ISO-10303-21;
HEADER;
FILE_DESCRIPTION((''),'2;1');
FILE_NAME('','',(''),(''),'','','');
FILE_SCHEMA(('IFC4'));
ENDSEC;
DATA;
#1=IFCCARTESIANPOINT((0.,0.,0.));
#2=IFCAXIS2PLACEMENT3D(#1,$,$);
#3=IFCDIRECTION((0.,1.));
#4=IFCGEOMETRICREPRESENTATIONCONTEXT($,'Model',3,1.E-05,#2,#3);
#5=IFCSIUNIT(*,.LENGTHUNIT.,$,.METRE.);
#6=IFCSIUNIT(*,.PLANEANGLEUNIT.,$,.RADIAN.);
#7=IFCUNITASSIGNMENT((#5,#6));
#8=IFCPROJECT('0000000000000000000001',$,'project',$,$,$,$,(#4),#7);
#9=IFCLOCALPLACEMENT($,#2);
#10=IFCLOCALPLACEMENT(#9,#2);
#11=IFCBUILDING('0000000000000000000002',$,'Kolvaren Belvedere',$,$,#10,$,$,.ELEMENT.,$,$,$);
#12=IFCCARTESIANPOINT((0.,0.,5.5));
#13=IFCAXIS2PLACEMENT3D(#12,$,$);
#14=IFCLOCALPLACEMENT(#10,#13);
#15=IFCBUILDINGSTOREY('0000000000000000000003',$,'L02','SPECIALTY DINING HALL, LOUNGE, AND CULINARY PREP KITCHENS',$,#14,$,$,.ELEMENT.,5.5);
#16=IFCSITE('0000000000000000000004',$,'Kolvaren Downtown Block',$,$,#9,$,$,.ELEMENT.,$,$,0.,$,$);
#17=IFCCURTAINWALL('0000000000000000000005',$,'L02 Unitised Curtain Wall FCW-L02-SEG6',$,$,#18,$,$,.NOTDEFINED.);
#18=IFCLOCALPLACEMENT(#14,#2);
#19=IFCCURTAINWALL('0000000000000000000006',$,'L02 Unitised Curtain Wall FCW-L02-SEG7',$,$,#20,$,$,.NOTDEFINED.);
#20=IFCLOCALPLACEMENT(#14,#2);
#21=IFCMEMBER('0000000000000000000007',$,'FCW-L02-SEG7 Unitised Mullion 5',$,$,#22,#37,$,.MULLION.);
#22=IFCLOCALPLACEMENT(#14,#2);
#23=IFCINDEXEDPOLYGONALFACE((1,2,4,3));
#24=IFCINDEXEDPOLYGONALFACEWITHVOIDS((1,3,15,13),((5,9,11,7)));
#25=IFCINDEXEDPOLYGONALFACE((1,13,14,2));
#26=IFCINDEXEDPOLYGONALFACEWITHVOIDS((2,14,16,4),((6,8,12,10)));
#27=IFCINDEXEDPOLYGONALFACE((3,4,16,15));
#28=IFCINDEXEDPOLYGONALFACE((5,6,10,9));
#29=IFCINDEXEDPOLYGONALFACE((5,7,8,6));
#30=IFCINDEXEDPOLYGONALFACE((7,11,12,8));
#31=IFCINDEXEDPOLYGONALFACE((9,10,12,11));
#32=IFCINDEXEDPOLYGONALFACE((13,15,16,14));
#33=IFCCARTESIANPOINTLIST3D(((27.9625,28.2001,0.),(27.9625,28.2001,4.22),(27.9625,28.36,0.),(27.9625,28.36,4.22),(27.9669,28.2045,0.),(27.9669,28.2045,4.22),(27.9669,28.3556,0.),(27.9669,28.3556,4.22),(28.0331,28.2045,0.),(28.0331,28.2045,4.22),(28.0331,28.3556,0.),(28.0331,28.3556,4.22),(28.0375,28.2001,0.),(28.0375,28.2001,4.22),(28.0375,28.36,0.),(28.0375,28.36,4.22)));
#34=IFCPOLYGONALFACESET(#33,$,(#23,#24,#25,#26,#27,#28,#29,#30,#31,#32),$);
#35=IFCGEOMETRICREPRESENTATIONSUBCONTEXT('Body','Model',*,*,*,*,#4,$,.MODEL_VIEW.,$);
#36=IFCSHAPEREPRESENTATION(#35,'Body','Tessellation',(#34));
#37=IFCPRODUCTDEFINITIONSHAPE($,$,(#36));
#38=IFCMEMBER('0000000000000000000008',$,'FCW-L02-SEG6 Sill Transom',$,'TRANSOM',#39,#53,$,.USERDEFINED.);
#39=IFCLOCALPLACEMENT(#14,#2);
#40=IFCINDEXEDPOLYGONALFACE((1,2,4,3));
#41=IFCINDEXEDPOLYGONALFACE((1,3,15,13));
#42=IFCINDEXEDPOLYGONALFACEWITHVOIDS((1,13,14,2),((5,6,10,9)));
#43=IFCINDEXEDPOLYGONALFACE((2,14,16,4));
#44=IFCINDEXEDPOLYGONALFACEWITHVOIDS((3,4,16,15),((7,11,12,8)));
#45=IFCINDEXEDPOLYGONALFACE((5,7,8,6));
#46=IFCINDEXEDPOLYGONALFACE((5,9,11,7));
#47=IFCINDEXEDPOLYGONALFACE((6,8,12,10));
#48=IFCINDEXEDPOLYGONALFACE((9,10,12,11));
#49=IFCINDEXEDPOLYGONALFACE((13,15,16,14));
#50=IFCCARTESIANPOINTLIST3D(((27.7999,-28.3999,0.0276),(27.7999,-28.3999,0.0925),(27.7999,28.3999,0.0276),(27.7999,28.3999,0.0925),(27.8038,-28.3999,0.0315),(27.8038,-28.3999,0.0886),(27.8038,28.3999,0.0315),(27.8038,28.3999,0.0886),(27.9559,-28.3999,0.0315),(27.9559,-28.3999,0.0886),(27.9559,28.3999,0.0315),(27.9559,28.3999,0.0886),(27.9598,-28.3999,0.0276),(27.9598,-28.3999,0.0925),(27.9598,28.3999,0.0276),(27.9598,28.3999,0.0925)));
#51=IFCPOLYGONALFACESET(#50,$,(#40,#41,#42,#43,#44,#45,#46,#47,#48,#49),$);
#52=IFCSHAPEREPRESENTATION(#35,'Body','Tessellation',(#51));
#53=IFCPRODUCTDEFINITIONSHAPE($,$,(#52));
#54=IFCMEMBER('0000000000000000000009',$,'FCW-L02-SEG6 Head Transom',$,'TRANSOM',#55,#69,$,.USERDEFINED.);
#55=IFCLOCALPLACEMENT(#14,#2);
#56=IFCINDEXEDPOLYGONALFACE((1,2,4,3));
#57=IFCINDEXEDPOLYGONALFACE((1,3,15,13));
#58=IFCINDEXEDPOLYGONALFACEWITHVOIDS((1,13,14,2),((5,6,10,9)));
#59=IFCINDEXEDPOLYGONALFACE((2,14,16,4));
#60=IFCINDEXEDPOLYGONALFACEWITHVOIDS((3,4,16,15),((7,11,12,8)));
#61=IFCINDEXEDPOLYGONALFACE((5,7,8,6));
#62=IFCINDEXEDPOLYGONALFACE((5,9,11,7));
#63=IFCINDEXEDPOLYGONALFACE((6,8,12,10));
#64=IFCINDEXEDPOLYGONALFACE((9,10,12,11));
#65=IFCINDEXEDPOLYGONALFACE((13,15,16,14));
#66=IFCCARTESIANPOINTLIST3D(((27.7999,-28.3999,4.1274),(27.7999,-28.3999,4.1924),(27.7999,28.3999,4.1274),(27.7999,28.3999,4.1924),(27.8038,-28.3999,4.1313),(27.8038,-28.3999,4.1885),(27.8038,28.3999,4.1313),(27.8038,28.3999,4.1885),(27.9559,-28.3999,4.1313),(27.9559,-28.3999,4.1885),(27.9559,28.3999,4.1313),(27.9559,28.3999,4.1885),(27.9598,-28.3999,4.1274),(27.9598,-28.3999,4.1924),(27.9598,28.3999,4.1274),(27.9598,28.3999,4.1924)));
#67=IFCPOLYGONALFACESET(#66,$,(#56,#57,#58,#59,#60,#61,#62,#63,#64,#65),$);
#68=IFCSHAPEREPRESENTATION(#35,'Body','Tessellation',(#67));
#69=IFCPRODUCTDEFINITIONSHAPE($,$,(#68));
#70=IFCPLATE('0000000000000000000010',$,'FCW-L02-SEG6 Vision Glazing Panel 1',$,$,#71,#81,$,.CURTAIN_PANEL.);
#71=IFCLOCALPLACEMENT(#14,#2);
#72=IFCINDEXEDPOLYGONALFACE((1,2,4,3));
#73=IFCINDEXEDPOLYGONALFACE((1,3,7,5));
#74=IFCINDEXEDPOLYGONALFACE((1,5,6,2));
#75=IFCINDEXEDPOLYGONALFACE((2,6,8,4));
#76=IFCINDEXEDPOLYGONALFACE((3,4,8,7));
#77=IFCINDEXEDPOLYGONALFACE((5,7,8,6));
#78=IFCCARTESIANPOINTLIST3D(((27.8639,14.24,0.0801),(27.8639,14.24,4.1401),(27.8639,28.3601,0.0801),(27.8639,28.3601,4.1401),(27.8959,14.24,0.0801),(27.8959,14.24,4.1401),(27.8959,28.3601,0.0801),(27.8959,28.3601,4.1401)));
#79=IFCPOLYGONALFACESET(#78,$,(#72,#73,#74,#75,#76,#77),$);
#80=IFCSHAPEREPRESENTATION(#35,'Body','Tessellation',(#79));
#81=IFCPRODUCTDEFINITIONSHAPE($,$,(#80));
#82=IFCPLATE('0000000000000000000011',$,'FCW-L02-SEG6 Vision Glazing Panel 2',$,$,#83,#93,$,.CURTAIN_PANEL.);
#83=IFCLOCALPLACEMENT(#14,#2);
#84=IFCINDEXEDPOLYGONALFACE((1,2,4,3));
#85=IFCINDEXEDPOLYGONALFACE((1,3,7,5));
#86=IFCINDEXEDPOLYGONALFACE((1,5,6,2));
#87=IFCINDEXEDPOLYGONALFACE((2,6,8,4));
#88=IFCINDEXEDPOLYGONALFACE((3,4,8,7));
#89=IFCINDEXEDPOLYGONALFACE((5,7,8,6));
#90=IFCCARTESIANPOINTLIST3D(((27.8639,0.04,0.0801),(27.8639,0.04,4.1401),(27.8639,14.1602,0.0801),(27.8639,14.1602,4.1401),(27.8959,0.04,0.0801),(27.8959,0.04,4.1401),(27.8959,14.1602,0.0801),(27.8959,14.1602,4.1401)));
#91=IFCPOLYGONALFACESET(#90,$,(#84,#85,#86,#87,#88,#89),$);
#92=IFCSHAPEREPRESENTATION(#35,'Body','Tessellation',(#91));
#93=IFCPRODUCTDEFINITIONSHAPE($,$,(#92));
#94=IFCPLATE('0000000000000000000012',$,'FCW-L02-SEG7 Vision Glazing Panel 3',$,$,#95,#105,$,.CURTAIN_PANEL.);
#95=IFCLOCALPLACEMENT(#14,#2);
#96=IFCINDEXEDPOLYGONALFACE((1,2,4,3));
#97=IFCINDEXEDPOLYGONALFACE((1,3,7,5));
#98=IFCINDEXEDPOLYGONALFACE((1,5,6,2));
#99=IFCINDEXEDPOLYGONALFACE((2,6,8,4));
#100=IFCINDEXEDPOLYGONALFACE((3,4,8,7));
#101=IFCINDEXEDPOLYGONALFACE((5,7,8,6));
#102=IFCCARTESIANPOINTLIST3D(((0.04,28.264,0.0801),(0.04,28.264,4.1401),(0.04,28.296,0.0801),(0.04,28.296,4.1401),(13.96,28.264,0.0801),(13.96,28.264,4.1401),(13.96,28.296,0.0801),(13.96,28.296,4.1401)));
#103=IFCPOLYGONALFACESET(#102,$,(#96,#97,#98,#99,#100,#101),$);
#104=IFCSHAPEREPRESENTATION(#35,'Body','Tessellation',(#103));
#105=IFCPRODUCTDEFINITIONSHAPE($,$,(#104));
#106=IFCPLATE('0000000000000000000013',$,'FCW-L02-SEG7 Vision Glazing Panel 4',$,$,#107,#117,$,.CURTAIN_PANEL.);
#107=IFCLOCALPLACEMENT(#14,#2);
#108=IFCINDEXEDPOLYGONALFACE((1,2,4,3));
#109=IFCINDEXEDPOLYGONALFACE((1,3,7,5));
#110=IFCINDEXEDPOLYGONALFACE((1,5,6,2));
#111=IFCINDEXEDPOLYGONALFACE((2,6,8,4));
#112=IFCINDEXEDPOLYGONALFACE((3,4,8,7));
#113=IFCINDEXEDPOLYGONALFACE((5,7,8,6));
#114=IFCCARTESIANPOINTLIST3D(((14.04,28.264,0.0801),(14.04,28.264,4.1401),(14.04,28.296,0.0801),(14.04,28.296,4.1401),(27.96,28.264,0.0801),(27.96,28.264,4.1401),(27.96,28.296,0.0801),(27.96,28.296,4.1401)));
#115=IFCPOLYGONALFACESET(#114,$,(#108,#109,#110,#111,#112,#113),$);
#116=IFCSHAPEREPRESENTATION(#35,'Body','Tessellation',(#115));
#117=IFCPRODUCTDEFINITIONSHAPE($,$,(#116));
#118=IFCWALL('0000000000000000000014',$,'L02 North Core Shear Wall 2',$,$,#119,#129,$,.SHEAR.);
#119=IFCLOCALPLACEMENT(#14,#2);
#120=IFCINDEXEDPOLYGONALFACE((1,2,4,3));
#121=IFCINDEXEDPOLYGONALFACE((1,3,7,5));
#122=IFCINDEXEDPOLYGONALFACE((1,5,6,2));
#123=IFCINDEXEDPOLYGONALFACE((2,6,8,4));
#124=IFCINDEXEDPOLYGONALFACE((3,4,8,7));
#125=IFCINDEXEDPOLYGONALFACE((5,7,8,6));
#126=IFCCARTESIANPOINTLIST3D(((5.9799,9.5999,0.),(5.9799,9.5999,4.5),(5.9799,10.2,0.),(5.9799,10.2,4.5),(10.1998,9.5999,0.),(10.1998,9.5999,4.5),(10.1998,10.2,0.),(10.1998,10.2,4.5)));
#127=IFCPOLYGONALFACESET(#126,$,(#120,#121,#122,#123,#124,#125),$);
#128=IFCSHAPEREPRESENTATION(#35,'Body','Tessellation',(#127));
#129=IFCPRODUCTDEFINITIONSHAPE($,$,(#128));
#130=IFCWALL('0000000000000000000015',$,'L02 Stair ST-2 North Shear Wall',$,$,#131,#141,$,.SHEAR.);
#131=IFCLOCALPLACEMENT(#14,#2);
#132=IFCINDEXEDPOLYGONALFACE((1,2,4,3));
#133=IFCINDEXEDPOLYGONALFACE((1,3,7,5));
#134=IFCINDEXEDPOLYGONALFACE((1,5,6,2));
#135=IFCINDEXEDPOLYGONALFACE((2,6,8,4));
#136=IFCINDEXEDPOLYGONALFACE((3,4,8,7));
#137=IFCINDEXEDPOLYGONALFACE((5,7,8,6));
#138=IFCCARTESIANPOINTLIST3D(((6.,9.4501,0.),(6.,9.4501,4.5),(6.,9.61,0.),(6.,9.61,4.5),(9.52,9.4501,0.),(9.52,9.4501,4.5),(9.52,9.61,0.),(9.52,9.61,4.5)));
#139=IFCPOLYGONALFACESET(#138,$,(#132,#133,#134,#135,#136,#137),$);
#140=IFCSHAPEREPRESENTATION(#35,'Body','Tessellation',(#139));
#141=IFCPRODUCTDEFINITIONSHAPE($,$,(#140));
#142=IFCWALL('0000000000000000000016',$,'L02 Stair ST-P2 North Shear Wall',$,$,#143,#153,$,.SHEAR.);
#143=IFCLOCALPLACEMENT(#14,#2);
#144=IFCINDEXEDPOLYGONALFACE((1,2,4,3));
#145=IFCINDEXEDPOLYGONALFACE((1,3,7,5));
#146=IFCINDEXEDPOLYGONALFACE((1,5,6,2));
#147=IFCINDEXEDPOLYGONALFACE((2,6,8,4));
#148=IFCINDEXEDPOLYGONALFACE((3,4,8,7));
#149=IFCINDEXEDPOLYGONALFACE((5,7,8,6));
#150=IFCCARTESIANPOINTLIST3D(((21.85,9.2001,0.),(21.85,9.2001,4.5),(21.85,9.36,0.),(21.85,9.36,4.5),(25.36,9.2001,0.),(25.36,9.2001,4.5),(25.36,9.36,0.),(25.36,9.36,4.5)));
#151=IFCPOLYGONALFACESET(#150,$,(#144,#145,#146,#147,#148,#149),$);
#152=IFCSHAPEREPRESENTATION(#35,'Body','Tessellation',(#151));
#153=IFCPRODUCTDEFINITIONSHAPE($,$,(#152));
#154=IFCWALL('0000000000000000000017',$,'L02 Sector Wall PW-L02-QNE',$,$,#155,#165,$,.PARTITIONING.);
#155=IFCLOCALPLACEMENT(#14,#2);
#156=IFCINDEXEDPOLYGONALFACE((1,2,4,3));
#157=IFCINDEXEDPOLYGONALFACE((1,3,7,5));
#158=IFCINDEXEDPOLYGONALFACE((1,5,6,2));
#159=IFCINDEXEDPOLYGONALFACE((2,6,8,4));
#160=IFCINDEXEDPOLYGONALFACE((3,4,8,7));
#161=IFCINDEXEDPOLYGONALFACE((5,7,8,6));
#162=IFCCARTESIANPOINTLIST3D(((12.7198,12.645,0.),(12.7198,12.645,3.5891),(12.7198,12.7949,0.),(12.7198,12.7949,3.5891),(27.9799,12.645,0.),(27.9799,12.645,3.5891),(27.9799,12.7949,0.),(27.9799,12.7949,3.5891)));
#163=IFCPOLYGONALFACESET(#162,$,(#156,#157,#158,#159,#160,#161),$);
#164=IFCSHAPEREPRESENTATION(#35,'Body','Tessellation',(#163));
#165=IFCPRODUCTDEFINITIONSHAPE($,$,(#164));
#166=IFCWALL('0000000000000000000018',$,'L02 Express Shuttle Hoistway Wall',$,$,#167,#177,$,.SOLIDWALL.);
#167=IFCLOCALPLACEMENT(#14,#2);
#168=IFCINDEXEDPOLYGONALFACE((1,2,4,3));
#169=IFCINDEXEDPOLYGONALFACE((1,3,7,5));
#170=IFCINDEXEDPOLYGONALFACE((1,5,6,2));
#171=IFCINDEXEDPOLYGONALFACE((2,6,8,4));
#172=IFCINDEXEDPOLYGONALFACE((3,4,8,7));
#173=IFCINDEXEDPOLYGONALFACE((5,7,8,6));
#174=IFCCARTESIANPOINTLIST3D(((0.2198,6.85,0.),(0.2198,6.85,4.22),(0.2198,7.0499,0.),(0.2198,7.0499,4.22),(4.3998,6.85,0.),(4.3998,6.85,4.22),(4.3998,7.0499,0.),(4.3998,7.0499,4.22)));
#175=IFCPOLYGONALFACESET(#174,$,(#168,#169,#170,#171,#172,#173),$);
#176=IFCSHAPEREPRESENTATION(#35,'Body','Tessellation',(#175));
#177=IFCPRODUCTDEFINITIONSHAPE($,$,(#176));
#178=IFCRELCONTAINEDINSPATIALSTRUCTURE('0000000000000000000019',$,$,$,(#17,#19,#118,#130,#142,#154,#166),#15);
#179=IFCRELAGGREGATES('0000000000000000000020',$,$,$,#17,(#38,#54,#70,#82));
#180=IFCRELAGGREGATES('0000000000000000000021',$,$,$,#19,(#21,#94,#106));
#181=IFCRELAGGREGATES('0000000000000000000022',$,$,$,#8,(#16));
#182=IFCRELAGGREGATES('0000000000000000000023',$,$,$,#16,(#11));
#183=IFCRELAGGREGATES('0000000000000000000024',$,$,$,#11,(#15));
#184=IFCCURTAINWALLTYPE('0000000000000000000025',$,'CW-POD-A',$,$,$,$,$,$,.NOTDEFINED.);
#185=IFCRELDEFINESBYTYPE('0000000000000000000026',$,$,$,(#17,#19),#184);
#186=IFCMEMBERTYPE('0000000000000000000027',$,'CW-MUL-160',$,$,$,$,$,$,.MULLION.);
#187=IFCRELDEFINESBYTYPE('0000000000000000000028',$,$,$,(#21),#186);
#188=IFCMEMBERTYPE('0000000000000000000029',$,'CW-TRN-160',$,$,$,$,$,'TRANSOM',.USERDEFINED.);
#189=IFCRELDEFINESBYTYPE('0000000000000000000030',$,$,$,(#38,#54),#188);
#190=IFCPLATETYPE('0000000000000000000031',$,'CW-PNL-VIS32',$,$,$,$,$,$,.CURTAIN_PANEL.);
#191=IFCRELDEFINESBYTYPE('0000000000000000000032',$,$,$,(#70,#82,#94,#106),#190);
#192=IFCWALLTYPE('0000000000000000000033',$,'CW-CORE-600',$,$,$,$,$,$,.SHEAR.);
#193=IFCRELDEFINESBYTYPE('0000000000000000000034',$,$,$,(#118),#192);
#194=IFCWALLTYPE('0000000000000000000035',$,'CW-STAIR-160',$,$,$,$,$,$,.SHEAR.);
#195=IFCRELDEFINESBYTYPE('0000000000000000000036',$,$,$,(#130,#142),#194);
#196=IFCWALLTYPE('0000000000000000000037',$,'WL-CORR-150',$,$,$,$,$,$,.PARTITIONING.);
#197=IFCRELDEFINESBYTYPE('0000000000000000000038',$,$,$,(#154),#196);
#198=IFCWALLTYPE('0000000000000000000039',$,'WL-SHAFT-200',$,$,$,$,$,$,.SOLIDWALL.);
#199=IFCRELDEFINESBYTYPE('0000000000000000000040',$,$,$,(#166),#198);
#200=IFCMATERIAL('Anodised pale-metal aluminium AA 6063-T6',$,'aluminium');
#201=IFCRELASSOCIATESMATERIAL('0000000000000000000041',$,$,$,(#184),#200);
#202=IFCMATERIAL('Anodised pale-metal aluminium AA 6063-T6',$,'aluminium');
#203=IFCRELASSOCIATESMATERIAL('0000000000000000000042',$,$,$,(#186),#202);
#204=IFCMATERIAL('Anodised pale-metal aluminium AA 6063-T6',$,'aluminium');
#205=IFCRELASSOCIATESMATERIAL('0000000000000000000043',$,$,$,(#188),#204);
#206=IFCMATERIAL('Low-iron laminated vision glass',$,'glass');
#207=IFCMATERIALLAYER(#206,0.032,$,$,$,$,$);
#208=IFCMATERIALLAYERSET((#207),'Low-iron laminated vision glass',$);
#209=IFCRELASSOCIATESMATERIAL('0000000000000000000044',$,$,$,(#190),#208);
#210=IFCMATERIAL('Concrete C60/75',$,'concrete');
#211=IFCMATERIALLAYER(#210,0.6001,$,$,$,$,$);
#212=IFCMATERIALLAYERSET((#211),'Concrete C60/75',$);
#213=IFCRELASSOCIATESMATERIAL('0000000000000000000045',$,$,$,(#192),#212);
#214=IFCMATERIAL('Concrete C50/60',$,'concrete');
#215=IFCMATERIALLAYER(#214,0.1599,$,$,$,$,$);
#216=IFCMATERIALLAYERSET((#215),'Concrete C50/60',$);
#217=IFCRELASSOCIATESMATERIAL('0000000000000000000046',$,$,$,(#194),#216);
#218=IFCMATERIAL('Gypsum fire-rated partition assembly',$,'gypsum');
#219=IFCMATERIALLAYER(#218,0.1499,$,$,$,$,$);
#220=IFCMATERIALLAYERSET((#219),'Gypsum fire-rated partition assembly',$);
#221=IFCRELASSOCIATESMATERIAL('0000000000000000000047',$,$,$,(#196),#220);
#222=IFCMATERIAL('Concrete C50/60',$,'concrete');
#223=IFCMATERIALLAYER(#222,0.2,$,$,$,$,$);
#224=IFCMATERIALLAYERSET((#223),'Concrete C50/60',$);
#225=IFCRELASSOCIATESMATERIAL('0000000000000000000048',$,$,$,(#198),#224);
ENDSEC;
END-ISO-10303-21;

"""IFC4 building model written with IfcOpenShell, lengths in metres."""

from ifc_helpers import new_model, si_unit, direction, frame, frame_2d, origin, origin_2d, place, context, subcontext, project, spatial, rectangle, hollow_rectangle, extrude, material, layer, layer_set, material_profile, profile_set, type_object, element, aggregate, save


model = new_model("IFC4")

# Units and contexts
model_context = context("Model", 3, precision=1e-05, world=origin(), true_north=direction((0.0, 1.0)))
body_context = subcontext(model_context, "Body", "Model", "MODEL_VIEW")
ifc_project = project(units=[si_unit("LENGTHUNIT", "METRE"), si_unit("PLANEANGLEUNIT", "RADIAN")], contexts=[model_context])

# Site, building, storey
site_placement = place(None, origin())
site = spatial("IfcSite", under=ifc_project, at=site_placement, Name="Kolvaren Downtown Block", CompositionType="ELEMENT", RefElevation=0.0)
building_placement = place(site_placement, origin())
building = spatial("IfcBuilding", under=site, at=building_placement, Name="Kolvaren Belvedere", CompositionType="ELEMENT")
storey_placement = place(building_placement, frame((0.0, 0.0, 5.5)))
storey = spatial("IfcBuildingStorey", under=building, at=storey_placement, Name="L02", Description="SPECIALTY DINING HALL, LOUNGE, AND CULINARY PREP KITCHENS", CompositionType="ELEMENT", Elevation=5.5)

# Curtain walls, member
ifc_material_1 = material(Name="Anodised pale-metal aluminium AA 6063-T6", Category="aluminium")
curtain_wall_type = type_object("IfcCurtainWallType", Name="CW-POD-A", PredefinedType="NOTDEFINED", material=ifc_material_1)
curtain_wall_1_placement = place(storey_placement, origin())
curtain_wall_1 = element("IfcCurtainWall", 1, at=curtain_wall_1_placement, inside=storey, type_object=curtain_wall_type, Name="L02 Unitised Curtain Wall FCW-L02-SEG6", PredefinedType="NOTDEFINED")
ifc_material_2 = material(Name="Anodised pale-metal aluminium AA 6063-T6", Category="aluminium")
ifc_material_profile_1 = material_profile(ifc_material_2, hollow_rectangle(XDim=0.075, YDim=0.1599, WallThickness=0.0044, at=origin_2d()), Name="ALU-MUL-160X75")
ifc_profile_set_1 = profile_set([ifc_material_profile_1], Name="Anodised pale-metal aluminium AA 6063-T6")
member_type_1 = type_object("IfcMemberType", Name="CW-MUL-160", PredefinedType="MULLION", material=ifc_profile_set_1)
curtain_wall_2_placement = place(storey_placement, origin())
curtain_wall_2 = element("IfcCurtainWall", 2, at=curtain_wall_2_placement, inside=storey, type_object=curtain_wall_type, Name="L02 Unitised Curtain Wall FCW-L02-SEG7", PredefinedType="NOTDEFINED")
member_1_placement = place(storey_placement, frame((28.0, 28.28, 0.0), z_axis=(0.0, 0.0, 1.0), x_axis=(1.0, 0.0, 0.0)))
member_1 = element("IfcMember", 3, at=member_1_placement, type_object=member_type_1, Name="FCW-L02-SEG7 Unitised Mullion 5", PredefinedType="MULLION", context=body_context, shape_type="SweptSolid", body=[
    extrude(hollow_rectangle(XDim=0.075, YDim=0.1599, WallThickness=0.0044, at=origin_2d()), origin(), (0.0, 0.0, 1.0), 4.22),
])

# Members
ifc_material_3 = material(Name="Anodised pale-metal aluminium AA 6063-T6", Category="aluminium")
ifc_material_profile_2 = material_profile(ifc_material_3, hollow_rectangle(XDim=0.0649, YDim=0.1599, WallThickness=0.0039, at=origin_2d()), Name="ALU-TRN-160X65")
ifc_profile_set_2 = profile_set([ifc_material_profile_2], Name="Anodised pale-metal aluminium AA 6063-T6")
member_type_2 = type_object("IfcMemberType", Name="CW-TRN-160", ElementType="TRANSOM", PredefinedType="USERDEFINED", material=ifc_profile_set_2)
member_2_placement = place(storey_placement, frame((27.8799, 28.3999, 0.0601), z_axis=(0.0, -1.0, 0.0), x_axis=(0.0, 0.0, 1.0)))
member_2 = element("IfcMember", 4, at=member_2_placement, type_object=member_type_2, Name="FCW-L02-SEG6 Sill Transom", ObjectType="TRANSOM", PredefinedType="USERDEFINED", context=body_context, shape_type="SweptSolid", body=[
    extrude(hollow_rectangle(XDim=0.0649, YDim=0.1599, WallThickness=0.0039, at=origin_2d()), origin(), (0.0, 0.0, 1.0), 56.7998),
])
member_3_placement = place(storey_placement, frame((27.8799, 28.3999, 4.1599), z_axis=(0.0, -1.0, 0.0), x_axis=(0.0, 0.0, 1.0)))
member_3 = element("IfcMember", 5, at=member_3_placement, type_object=member_type_2, Name="FCW-L02-SEG6 Head Transom", ObjectType="TRANSOM", PredefinedType="USERDEFINED", context=body_context, shape_type="SweptSolid", body=[
    extrude(hollow_rectangle(XDim=0.0649, YDim=0.1599, WallThickness=0.0039, at=origin_2d()), origin(), (0.0, 0.0, 1.0), 56.7998),
])

# Plates
ifc_material_4 = material(Name="Low-iron laminated vision glass", Category="glass")
ifc_layer_1 = layer(ifc_material_4, 0.032)
ifc_layer_set_1 = layer_set([ifc_layer_1], Name="Low-iron laminated vision glass")
plate_type = type_object("IfcPlateType", Name="CW-PNL-VIS32", PredefinedType="CURTAIN_PANEL", material=ifc_layer_set_1)
plate_1_placement = place(storey_placement, frame((27.8799, 21.3, 0.0801), z_axis=(0.0, 0.0, 1.0), x_axis=(0.0, -1.0, 0.0)))
plate_1 = element("IfcPlate", 6, at=plate_1_placement, type_object=plate_type, Name="FCW-L02-SEG6 Vision Glazing Panel 1", PredefinedType="CURTAIN_PANEL", context=body_context, shape_type="SweptSolid", body=[
    extrude(rectangle(XDim=14.1201, YDim=0.032, at=origin_2d()), origin(), (0.0, 0.0, 1.0), 4.0601),
])
plate_2_placement = place(storey_placement, frame((27.8799, 7.1001, 0.0801), z_axis=(0.0, 0.0, 1.0), x_axis=(0.0, -1.0, 0.0)))
plate_2 = element("IfcPlate", 7, at=plate_2_placement, type_object=plate_type, Name="FCW-L02-SEG6 Vision Glazing Panel 2", PredefinedType="CURTAIN_PANEL", context=body_context, shape_type="SweptSolid", body=[
    extrude(rectangle(XDim=14.1201, YDim=0.032, at=origin_2d()), origin(), (0.0, 0.0, 1.0), 4.0601),
])
aggregate(curtain_wall_1, [member_2, member_3, plate_1, plate_2])
plate_3_placement = place(storey_placement, frame((7.0, 28.28, 0.0801), z_axis=(0.0, 0.0, 1.0), x_axis=(1.0, 0.0, 0.0)))
plate_3 = element("IfcPlate", 8, at=plate_3_placement, type_object=plate_type, Name="FCW-L02-SEG7 Vision Glazing Panel 3", PredefinedType="CURTAIN_PANEL", context=body_context, shape_type="SweptSolid", body=[
    extrude(rectangle(XDim=13.9199, YDim=0.032, at=origin_2d()), origin(), (0.0, 0.0, 1.0), 4.0601),
])
plate_4_placement = place(storey_placement, frame((21.0, 28.28, 0.0801), z_axis=(0.0, 0.0, 1.0), x_axis=(1.0, 0.0, 0.0)))
plate_4 = element("IfcPlate", 9, at=plate_4_placement, type_object=plate_type, Name="FCW-L02-SEG7 Vision Glazing Panel 4", PredefinedType="CURTAIN_PANEL", context=body_context, shape_type="SweptSolid", body=[
    extrude(rectangle(XDim=13.9199, YDim=0.032, at=origin_2d()), origin(), (0.0, 0.0, 1.0), 4.0601),
])
aggregate(curtain_wall_2, [member_1, plate_3, plate_4])

# Walls
ifc_material_5 = material(Name="Concrete C60/75", Category="concrete")
ifc_layer_2 = layer(ifc_material_5, 0.6001)
ifc_layer_set_2 = layer_set([ifc_layer_2], Name="Concrete C60/75")
wall_type_1 = type_object("IfcWallType", Name="CW-CORE-600", PredefinedType="SHEAR", material=ifc_layer_set_2)
wall_1_placement = place(storey_placement, frame((5.98, 9.8999, 0.0), z_axis=(0.0, 0.0, 1.0), x_axis=(1.0, 0.0, 0.0)))
element("IfcWall", 10, at=wall_1_placement, inside=storey, type_object=wall_type_1, Name="L02 North Core Shear Wall 2", PredefinedType="SHEAR", context=body_context, shape_type="SweptSolid", body=[
    extrude(rectangle(XDim=4.22, YDim=0.6001, at=frame_2d((2.1099, 0.0))), origin(), (0.0, 0.0, 1.0), 4.5),
])
ifc_material_6 = material(Name="Concrete C50/60", Category="concrete")
ifc_layer_3 = layer(ifc_material_6, 0.1599)
ifc_layer_set_3 = layer_set([ifc_layer_3], Name="Concrete C50/60")
wall_type_2 = type_object("IfcWallType", Name="CW-STAIR-160", PredefinedType="SHEAR", material=ifc_layer_set_3)
wall_2_placement = place(storey_placement, frame((6.0, 9.53, 0.0), z_axis=(0.0, 0.0, 1.0), x_axis=(1.0, 0.0, 0.0)))
element("IfcWall", 11, at=wall_2_placement, inside=storey, type_object=wall_type_2, Name="L02 Stair ST-2 North Shear Wall", PredefinedType="SHEAR", context=body_context, shape_type="SweptSolid", body=[
    extrude(rectangle(XDim=3.52, YDim=0.1599, at=frame_2d((1.76, 0.0))), origin(), (0.0, 0.0, 1.0), 4.5),
])
wall_3_placement = place(storey_placement, frame((21.8501, 9.28, 0.0), z_axis=(0.0, 0.0, 1.0), x_axis=(1.0, 0.0, 0.0)))
element("IfcWall", 12, at=wall_3_placement, inside=storey, type_object=wall_type_2, Name="L02 Stair ST-P2 North Shear Wall", PredefinedType="SHEAR", context=body_context, shape_type="SweptSolid", body=[
    extrude(rectangle(XDim=3.51, YDim=0.1599, at=frame_2d((1.7549, 0.0))), origin(), (0.0, 0.0, 1.0), 4.5),
])
ifc_material_7 = material(Name="Gypsum fire-rated partition assembly", Category="gypsum")
ifc_layer_4 = layer(ifc_material_7, 0.1499)
ifc_layer_set_4 = layer_set([ifc_layer_4], Name="Gypsum fire-rated partition assembly")
wall_type_3 = type_object("IfcWallType", Name="WL-CORR-150", PredefinedType="PARTITIONING", material=ifc_layer_set_4)
wall_4_placement = place(storey_placement, frame((12.72, 12.72, 0.0), z_axis=(0.0, 0.0, 1.0), x_axis=(1.0, 0.0, 0.0)))
element("IfcWall", 13, at=wall_4_placement, inside=storey, type_object=wall_type_3, Name="L02 Sector Wall PW-L02-QNE", PredefinedType="PARTITIONING", context=body_context, shape_type="SweptSolid", body=[
    extrude(rectangle(XDim=15.26, YDim=0.1499, at=frame_2d((7.6299, 0.0))), origin(), (0.0, 0.0, 1.0), 3.5891),
])
ifc_material_8 = material(Name="Concrete C50/60", Category="concrete")
ifc_layer_5 = layer(ifc_material_8, 0.2)
ifc_layer_set_5 = layer_set([ifc_layer_5], Name="Concrete C50/60")
wall_type_4 = type_object("IfcWallType", Name="WL-SHAFT-200", PredefinedType="SOLIDWALL", material=ifc_layer_set_5)
wall_5_placement = place(storey_placement, frame((0.22, 6.95, 0.0), z_axis=(0.0, 0.0, 1.0), x_axis=(1.0, 0.0, 0.0)))
element("IfcWall", 14, at=wall_5_placement, inside=storey, type_object=wall_type_4, Name="L02 Express Shuttle Hoistway Wall", PredefinedType="SOLIDWALL", context=body_context, shape_type="SweptSolid", body=[
    extrude(rectangle(XDim=4.1799, YDim=0.2, at=frame_2d((2.0898, 0.0))), origin(), (0.0, 0.0, 1.0), 4.22),
])

save(model, "model.ifc")
